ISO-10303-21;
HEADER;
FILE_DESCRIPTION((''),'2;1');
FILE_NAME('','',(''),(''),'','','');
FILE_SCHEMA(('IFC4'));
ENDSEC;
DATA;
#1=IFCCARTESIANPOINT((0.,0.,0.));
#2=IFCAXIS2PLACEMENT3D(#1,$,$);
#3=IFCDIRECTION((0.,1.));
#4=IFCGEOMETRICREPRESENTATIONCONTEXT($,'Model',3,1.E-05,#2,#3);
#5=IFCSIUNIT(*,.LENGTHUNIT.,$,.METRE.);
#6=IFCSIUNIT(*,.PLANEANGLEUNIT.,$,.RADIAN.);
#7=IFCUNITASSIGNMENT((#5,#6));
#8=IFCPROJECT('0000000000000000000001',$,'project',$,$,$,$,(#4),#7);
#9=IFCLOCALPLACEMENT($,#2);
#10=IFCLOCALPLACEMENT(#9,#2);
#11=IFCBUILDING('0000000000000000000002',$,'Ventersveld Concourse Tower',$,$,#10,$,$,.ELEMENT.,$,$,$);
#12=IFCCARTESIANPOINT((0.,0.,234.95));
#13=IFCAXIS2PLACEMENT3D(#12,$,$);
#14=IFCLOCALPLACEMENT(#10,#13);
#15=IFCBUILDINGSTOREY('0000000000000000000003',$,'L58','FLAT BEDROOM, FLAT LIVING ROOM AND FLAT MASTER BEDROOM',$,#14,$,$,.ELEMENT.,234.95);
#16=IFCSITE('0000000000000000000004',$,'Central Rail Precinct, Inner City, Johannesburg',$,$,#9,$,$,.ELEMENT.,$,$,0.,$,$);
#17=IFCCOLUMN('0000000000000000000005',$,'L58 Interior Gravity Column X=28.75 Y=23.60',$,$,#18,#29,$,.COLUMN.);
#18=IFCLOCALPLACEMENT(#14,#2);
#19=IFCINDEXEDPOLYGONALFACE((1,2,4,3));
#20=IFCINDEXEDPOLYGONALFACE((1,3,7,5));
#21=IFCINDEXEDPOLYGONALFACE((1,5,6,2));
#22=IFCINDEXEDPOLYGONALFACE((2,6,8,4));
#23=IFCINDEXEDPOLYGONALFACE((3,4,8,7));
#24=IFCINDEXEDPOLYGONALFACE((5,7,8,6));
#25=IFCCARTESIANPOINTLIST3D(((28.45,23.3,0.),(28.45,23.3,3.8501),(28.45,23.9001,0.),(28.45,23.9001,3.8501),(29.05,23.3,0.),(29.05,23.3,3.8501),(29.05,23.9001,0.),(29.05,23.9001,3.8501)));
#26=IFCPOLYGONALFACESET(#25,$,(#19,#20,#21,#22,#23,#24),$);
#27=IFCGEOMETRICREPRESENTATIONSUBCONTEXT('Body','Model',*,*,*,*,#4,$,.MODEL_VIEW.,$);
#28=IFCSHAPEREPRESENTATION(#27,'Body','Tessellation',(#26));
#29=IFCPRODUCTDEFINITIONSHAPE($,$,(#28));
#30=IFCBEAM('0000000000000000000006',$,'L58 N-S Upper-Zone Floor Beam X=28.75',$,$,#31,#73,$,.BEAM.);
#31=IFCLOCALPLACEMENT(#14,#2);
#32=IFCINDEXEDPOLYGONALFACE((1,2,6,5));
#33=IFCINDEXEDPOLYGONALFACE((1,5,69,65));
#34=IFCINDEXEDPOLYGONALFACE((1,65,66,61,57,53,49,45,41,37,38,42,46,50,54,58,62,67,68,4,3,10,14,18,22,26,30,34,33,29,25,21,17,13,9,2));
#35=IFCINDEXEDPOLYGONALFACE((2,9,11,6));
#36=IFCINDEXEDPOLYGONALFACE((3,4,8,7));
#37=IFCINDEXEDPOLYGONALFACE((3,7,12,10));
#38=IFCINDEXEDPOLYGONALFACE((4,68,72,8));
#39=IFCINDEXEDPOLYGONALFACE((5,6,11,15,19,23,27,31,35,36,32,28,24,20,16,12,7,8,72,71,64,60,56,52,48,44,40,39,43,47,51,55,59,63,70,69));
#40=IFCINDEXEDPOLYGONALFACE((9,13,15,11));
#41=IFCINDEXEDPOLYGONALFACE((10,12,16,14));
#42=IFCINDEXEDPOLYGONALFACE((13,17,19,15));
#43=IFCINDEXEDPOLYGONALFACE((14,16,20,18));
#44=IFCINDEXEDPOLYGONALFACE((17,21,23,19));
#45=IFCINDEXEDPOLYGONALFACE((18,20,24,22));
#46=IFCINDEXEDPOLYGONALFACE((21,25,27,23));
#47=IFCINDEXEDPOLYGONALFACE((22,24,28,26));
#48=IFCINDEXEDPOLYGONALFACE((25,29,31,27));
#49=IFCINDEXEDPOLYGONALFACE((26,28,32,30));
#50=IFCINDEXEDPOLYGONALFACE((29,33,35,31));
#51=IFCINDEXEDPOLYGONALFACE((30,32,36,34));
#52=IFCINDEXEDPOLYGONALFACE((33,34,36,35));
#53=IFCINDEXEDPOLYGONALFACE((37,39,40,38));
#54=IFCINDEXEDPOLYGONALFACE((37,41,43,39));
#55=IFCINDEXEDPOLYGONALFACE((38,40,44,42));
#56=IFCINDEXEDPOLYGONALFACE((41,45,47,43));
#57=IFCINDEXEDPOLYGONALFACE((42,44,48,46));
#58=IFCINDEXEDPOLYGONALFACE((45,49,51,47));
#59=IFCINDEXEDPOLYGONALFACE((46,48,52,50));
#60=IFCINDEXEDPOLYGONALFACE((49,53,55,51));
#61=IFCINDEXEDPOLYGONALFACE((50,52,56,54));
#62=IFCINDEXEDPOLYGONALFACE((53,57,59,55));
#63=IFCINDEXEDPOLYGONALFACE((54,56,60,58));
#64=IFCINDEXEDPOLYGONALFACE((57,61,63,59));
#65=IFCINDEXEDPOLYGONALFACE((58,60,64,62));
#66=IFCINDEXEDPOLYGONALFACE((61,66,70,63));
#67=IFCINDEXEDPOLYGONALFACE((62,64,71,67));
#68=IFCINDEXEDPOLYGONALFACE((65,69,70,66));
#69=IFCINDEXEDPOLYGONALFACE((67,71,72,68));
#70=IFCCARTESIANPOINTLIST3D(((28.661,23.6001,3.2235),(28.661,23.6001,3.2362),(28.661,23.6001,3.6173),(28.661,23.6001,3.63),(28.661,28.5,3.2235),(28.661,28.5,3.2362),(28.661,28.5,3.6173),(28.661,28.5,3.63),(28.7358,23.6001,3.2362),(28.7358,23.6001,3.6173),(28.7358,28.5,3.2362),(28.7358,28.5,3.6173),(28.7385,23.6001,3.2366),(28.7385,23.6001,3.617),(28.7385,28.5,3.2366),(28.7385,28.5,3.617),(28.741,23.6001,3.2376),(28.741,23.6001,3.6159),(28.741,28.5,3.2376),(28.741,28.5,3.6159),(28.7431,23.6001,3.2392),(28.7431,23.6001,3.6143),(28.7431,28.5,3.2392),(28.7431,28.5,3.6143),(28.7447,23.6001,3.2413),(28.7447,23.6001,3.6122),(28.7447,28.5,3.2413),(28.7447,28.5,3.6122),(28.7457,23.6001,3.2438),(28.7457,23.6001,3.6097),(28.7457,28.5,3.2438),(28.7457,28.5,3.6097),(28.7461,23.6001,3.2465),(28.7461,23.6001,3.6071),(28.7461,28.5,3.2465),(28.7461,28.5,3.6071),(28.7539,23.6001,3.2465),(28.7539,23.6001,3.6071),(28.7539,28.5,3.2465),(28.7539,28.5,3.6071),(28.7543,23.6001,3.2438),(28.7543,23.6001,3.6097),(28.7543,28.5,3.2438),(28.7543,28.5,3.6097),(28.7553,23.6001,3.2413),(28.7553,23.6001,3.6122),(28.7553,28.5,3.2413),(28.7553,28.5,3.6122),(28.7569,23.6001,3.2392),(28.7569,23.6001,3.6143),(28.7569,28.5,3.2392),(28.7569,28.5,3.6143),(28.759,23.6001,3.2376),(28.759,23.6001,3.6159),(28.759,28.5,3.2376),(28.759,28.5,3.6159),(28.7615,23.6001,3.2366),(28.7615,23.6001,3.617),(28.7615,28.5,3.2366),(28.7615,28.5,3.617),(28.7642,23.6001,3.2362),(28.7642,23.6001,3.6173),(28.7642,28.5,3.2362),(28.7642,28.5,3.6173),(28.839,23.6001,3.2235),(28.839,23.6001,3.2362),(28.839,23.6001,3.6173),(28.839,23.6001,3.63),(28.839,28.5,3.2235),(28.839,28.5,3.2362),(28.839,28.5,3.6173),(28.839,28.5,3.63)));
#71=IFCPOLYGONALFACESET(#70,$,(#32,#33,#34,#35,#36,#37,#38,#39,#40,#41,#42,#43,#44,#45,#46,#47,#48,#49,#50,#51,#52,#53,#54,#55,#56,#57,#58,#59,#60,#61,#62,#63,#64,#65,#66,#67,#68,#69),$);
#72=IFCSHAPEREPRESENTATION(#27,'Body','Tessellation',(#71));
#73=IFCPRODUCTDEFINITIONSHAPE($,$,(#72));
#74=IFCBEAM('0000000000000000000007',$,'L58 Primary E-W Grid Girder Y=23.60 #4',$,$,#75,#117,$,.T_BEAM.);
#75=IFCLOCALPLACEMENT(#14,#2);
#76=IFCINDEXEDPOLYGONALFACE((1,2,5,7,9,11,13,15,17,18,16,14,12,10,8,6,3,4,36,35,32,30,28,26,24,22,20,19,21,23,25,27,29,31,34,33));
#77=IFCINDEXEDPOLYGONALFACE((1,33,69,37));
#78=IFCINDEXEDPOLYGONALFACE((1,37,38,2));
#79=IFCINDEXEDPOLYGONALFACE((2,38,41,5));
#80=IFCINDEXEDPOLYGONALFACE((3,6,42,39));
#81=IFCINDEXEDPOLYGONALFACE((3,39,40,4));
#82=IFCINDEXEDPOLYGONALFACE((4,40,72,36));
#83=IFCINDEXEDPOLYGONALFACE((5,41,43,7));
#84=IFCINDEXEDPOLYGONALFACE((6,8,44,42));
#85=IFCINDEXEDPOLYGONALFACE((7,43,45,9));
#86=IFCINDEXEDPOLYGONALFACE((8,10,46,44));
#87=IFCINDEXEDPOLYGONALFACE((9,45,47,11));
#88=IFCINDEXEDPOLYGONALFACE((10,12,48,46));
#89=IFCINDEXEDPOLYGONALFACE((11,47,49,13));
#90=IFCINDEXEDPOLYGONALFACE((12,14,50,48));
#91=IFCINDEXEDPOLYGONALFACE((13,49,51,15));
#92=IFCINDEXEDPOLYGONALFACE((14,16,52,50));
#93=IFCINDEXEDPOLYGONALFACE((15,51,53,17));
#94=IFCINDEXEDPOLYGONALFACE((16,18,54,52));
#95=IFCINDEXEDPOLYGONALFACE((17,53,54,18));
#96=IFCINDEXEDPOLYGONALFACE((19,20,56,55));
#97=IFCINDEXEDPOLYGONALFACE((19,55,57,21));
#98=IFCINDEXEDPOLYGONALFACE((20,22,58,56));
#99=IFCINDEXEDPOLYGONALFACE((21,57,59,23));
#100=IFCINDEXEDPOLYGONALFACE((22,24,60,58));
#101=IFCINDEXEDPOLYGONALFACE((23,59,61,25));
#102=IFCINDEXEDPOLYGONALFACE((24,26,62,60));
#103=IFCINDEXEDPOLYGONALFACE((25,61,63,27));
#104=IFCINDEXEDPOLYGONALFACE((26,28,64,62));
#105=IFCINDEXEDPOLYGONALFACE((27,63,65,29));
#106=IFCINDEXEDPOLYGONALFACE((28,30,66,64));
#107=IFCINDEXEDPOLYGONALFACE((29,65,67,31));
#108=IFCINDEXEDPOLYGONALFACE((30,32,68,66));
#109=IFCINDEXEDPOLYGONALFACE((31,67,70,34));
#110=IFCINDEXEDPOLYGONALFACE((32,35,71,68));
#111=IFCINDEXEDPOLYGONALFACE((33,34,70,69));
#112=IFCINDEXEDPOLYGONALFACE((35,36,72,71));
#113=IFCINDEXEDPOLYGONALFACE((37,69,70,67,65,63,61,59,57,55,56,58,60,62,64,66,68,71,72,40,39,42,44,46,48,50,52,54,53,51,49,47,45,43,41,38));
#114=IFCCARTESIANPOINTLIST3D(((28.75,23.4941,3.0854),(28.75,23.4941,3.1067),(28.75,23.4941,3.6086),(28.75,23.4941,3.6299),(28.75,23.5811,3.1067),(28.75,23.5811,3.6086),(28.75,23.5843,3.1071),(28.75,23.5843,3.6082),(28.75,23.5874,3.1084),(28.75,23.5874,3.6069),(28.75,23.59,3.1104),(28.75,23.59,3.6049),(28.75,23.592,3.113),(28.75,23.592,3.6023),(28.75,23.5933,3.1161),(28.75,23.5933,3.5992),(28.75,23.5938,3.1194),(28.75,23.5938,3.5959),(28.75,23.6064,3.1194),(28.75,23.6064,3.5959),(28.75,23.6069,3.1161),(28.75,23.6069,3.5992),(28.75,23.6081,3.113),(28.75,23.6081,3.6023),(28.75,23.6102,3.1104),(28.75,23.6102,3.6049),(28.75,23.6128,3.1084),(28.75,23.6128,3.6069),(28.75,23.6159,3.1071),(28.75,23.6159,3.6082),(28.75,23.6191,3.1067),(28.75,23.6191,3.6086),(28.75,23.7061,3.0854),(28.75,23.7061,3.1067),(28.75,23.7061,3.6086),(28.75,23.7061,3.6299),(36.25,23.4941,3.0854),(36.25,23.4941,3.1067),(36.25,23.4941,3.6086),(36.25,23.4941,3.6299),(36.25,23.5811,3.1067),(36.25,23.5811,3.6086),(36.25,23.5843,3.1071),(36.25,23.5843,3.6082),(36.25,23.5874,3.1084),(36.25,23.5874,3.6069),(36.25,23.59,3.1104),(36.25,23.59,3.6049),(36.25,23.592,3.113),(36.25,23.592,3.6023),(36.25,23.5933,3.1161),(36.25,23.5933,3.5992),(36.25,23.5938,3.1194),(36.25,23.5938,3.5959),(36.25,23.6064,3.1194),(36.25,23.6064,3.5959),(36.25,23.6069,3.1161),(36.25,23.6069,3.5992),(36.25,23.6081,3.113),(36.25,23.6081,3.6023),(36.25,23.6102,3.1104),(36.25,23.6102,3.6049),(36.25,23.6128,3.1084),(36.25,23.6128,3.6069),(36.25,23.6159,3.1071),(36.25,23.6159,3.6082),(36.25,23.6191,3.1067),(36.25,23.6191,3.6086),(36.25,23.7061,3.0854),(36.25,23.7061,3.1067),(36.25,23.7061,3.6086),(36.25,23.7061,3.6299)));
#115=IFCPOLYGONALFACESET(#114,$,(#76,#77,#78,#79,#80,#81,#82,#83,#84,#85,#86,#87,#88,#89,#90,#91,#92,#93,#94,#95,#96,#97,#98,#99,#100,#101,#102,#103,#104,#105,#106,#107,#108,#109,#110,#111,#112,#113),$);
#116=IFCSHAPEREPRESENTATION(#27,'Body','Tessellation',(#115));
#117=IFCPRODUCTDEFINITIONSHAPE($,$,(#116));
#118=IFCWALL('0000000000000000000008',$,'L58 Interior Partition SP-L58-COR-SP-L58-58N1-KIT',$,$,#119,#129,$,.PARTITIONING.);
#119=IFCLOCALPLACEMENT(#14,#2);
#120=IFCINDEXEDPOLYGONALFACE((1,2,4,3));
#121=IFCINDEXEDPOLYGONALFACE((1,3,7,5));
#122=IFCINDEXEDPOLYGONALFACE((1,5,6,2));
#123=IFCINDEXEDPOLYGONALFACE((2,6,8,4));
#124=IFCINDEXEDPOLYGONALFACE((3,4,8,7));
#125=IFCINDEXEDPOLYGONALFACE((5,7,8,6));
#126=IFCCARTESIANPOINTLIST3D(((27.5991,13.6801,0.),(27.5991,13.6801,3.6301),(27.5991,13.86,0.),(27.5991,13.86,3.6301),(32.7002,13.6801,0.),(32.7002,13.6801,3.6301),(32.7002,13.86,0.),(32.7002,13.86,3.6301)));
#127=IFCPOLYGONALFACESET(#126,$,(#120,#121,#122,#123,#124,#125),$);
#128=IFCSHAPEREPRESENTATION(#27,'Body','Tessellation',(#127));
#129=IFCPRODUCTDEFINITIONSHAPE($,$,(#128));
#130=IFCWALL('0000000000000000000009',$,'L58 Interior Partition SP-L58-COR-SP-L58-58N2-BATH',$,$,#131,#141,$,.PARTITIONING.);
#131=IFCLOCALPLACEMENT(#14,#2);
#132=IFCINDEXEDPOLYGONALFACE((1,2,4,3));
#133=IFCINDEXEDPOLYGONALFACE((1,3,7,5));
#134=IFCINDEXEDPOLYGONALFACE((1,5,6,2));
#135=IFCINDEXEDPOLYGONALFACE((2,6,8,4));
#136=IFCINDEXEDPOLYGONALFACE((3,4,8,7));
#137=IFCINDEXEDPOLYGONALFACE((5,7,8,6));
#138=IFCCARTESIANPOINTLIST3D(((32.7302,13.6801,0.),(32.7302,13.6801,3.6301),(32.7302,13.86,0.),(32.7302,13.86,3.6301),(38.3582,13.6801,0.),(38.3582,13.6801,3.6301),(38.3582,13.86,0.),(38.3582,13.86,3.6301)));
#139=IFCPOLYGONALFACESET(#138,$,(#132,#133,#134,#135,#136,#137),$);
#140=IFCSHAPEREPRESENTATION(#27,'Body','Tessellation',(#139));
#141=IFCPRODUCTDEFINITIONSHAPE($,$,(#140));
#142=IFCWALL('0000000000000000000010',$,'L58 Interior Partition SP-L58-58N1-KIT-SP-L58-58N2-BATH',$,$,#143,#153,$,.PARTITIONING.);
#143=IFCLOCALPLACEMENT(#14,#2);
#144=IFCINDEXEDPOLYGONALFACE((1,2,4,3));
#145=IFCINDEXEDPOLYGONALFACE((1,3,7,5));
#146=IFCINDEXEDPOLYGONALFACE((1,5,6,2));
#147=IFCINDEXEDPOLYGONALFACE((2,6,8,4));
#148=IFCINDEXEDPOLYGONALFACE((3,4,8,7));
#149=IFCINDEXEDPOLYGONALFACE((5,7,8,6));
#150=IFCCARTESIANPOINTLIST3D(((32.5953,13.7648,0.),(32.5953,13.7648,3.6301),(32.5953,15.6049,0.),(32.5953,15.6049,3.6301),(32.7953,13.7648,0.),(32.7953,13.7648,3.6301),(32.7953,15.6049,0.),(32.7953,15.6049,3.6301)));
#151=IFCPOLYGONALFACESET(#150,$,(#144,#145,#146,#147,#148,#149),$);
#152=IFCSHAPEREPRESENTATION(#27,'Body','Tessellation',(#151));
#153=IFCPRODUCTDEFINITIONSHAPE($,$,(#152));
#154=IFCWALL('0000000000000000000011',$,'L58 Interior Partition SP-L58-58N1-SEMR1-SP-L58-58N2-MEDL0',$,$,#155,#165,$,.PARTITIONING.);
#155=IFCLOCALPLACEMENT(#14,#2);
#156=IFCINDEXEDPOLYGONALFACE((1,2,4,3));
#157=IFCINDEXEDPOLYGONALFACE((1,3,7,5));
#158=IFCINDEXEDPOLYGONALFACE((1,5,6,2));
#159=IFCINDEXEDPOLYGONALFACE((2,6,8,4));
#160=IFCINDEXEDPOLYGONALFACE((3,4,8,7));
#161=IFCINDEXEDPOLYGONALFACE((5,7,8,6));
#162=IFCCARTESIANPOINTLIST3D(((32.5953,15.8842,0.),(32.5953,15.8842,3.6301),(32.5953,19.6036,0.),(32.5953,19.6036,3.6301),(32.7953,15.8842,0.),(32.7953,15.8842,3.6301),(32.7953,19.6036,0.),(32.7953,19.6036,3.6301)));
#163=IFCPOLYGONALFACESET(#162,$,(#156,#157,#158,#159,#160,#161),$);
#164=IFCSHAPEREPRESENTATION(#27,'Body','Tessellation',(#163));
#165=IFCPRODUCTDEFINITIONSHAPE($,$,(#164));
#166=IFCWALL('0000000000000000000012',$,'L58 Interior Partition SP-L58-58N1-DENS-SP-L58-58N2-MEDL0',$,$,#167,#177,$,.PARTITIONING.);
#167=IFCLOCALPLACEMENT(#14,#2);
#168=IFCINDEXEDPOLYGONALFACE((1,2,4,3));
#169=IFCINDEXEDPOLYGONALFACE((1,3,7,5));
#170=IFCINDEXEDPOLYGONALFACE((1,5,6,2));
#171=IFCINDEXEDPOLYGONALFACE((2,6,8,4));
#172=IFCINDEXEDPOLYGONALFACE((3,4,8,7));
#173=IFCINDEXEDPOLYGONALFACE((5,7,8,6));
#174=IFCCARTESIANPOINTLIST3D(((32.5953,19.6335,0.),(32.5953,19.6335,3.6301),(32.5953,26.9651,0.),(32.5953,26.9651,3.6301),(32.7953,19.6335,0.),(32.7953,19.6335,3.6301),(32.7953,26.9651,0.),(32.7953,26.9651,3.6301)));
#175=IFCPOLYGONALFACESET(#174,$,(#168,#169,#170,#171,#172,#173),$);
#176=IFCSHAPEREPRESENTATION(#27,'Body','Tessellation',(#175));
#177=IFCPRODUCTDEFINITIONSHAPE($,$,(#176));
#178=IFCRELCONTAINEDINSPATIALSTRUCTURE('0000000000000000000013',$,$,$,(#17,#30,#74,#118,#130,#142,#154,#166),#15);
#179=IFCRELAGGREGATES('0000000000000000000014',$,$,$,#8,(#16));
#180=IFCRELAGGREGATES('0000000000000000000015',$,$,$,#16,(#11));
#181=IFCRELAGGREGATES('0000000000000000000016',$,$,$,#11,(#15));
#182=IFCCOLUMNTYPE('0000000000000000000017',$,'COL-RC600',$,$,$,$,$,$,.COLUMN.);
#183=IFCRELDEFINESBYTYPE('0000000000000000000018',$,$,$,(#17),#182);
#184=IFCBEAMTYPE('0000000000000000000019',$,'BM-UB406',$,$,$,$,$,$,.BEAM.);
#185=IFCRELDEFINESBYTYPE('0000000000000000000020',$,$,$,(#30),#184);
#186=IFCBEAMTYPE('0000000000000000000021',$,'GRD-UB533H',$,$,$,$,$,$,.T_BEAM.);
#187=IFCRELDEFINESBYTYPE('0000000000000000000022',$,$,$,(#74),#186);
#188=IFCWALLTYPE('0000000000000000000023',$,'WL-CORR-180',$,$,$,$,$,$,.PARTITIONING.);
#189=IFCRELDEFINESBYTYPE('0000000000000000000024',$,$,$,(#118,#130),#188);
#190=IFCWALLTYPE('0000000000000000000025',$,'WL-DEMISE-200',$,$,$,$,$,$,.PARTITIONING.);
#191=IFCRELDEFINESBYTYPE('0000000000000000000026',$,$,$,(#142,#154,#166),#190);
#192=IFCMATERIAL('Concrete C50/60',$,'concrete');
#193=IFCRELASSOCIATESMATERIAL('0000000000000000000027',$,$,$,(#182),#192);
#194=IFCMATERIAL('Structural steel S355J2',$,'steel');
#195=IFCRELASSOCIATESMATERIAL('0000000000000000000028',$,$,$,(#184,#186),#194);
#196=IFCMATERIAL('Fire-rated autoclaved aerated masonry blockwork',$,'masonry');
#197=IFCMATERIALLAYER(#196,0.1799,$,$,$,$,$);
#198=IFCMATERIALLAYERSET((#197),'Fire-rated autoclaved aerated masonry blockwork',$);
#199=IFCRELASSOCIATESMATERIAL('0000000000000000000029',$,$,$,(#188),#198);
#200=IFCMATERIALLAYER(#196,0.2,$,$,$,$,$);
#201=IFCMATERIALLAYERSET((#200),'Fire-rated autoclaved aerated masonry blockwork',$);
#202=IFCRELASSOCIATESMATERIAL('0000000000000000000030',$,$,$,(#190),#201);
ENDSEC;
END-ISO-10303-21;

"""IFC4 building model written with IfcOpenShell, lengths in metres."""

from ifc_helpers import new_model, si_unit, direction, frame, frame_2d, origin, origin_2d, place, context, subcontext, project, spatial, rectangle, i_section, extrude, material, layer, layer_set, material_profile, profile_set, type_object, element, save


model = new_model("IFC4")

# Units and contexts
model_context = context("Model", 3, precision=1e-05, world=origin(), true_north=direction((0.0, 1.0)))
body_context = subcontext(model_context, "Body", "Model", "MODEL_VIEW")
ifc_project = project(units=[si_unit("LENGTHUNIT", "METRE"), si_unit("PLANEANGLEUNIT", "RADIAN")], contexts=[model_context])

# Site, building, storey
site_placement = place(None, origin())
site = spatial("IfcSite", under=ifc_project, at=site_placement, Name="Central Rail Precinct, Inner City, Johannesburg", CompositionType="ELEMENT", RefElevation=0.0)
building_placement = place(site_placement, origin())
building = spatial("IfcBuilding", under=site, at=building_placement, Name="Ventersveld Concourse Tower", CompositionType="ELEMENT")
storey_placement = place(building_placement, frame((0.0, 0.0, 234.95)))
storey = spatial("IfcBuildingStorey", under=building, at=storey_placement, Name="L58", Description="FLAT BEDROOM, FLAT LIVING ROOM AND FLAT MASTER BEDROOM", CompositionType="ELEMENT", Elevation=234.95)

# Column
ifc_material_1 = material(Name="Concrete C50/60", Category="concrete")
ifc_material_profile_1 = material_profile(ifc_material_1, rectangle(XDim=0.6001, YDim=0.6001, at=origin_2d()), Name="RC 600x600")
ifc_profile_set_1 = profile_set([ifc_material_profile_1], Name="Concrete C50/60")
column_type = type_object("IfcColumnType", Name="COL-RC600", PredefinedType="COLUMN", material=ifc_profile_set_1)
column_placement = place(storey_placement, frame((28.75, 23.6001, 0.0), z_axis=(0.0, 0.0, 1.0), x_axis=(1.0, 0.0, 0.0)))
element("IfcColumn", 1, at=column_placement, inside=storey, type_object=column_type, Name="L58 Interior Gravity Column X=28.75 Y=23.60", PredefinedType="COLUMN", context=body_context, shape_type="SweptSolid", body=[
    extrude(rectangle(XDim=0.6001, YDim=0.6001, at=origin_2d()), origin(), (0.0, 0.0, 1.0), 3.8501),
])

# Beams
ifc_material_2 = material(Name="Structural steel S355J2", Category="steel")
ifc_material_profile_2 = material_profile(ifc_material_2, i_section(OverallWidth=0.178, OverallDepth=0.4065, WebThickness=0.0078, FlangeThickness=0.0127, FilletRadius=0.0103, at=origin_2d()), Name="UB 406x178x60")
ifc_profile_set_2 = profile_set([ifc_material_profile_2], Name="Structural steel S355J2")
beam_type_1 = type_object("IfcBeamType", Name="BM-UB406", PredefinedType="BEAM", material=ifc_profile_set_2)
beam_1_placement = place(storey_placement, frame((28.75, 23.6001, 3.4268), z_axis=(0.0, 1.0, 0.0), x_axis=(-1.0, 0.0, 0.0)))
element("IfcBeam", 2, at=beam_1_placement, inside=storey, type_object=beam_type_1, Name="L58 N-S Upper-Zone Floor Beam X=28.75", PredefinedType="BEAM", context=body_context, shape_type="SweptSolid", body=[
    extrude(i_section(OverallWidth=0.178, OverallDepth=0.4065, WebThickness=0.0078, FlangeThickness=0.0127, FilletRadius=0.0103, at=origin_2d()), origin(), (0.0, 0.0, 1.0), 4.8999),
])
ifc_material_profile_3 = material_profile(ifc_material_2, i_section(OverallWidth=0.2119, OverallDepth=0.5444, WebThickness=0.0127, FlangeThickness=0.0212, FilletRadius=0.0127, at=origin_2d()), Name="UB 533x210x122")
ifc_profile_set_3 = profile_set([ifc_material_profile_3], Name="Structural steel S355J2")
beam_type_2 = type_object("IfcBeamType", Name="GRD-UB533H", PredefinedType="T_BEAM", material=ifc_profile_set_3)
beam_2_placement = place(storey_placement, frame((28.75, 23.6001, 3.3577), z_axis=(1.0, 0.0, 0.0), x_axis=(0.0, 1.0, 0.0)))
element("IfcBeam", 3, at=beam_2_placement, inside=storey, type_object=beam_type_2, Name="L58 Primary E-W Grid Girder Y=23.60 #4", PredefinedType="T_BEAM", context=body_context, shape_type="SweptSolid", body=[
    extrude(i_section(OverallWidth=0.2119, OverallDepth=0.5444, WebThickness=0.0127, FlangeThickness=0.0212, FilletRadius=0.0127, at=origin_2d()), origin(), (0.0, 0.0, 1.0), 7.5),
])

# Walls
ifc_material_3 = material(Name="Fire-rated autoclaved aerated masonry blockwork", Category="masonry")
ifc_layer_1 = layer(ifc_material_3, 0.1799)
ifc_layer_set_1 = layer_set([ifc_layer_1], Name="Fire-rated autoclaved aerated masonry blockwork")
wall_type_1 = type_object("IfcWallType", Name="WL-CORR-180", PredefinedType="PARTITIONING", material=ifc_layer_set_1)
wall_1_placement = place(storey_placement, frame((27.5991, 13.77, 0.0), z_axis=(0.0, 0.0, 1.0), x_axis=(1.0, 0.0, 0.0)))
element("IfcWall", 4, at=wall_1_placement, inside=storey, type_object=wall_type_1, Name="L58 Interior Partition SP-L58-COR-SP-L58-58N1-KIT", PredefinedType="PARTITIONING", context=body_context, shape_type="SweptSolid", body=[
    extrude(rectangle(XDim=5.1011, YDim=0.1799, at=frame_2d((2.5505, 0.0))), origin(), (0.0, 0.0, 1.0), 3.6301),
])
wall_2_placement = place(storey_placement, frame((32.7302, 13.77, 0.0), z_axis=(0.0, 0.0, 1.0), x_axis=(1.0, 0.0, 0.0)))
element("IfcWall", 5, at=wall_2_placement, inside=storey, type_object=wall_type_1, Name="L58 Interior Partition SP-L58-COR-SP-L58-58N2-BATH", PredefinedType="PARTITIONING", context=body_context, shape_type="SweptSolid", body=[
    extrude(rectangle(XDim=5.6279, YDim=0.1799, at=frame_2d((2.814, 0.0))), origin(), (0.0, 0.0, 1.0), 3.6301),
])
ifc_layer_2 = layer(ifc_material_3, 0.2)
ifc_layer_set_2 = layer_set([ifc_layer_2], Name="Fire-rated autoclaved aerated masonry blockwork")
wall_type_2 = type_object("IfcWallType", Name="WL-DEMISE-200", PredefinedType="PARTITIONING", material=ifc_layer_set_2)
wall_3_placement = place(storey_placement, frame((32.6953, 13.7649, 0.0), z_axis=(0.0, 0.0, 1.0), x_axis=(0.0, 1.0, 0.0)))
element("IfcWall", 6, at=wall_3_placement, inside=storey, type_object=wall_type_2, Name="L58 Interior Partition SP-L58-58N1-KIT-SP-L58-58N2-BATH", PredefinedType="PARTITIONING", context=body_context, shape_type="SweptSolid", body=[
    extrude(rectangle(XDim=1.8401, YDim=0.2, at=frame_2d((0.9199, 0.0))), origin(), (0.0, 0.0, 1.0), 3.6301),
])
wall_4_placement = place(storey_placement, frame((32.6953, 15.884, 0.0), z_axis=(0.0, 0.0, 1.0), x_axis=(0.0, 1.0, 0.0)))
element("IfcWall", 7, at=wall_4_placement, inside=storey, type_object=wall_type_2, Name="L58 Interior Partition SP-L58-58N1-SEMR1-SP-L58-58N2-MEDL0", PredefinedType="PARTITIONING", context=body_context, shape_type="SweptSolid", body=[
    extrude(rectangle(XDim=3.7195, YDim=0.2, at=frame_2d((1.8599, 0.0))), origin(), (0.0, 0.0, 1.0), 3.6301),
])
wall_5_placement = place(storey_placement, frame((32.6953, 19.6335, 0.0), z_axis=(0.0, 0.0, 1.0), x_axis=(0.0, 1.0, 0.0)))
element("IfcWall", 8, at=wall_5_placement, inside=storey, type_object=wall_type_2, Name="L58 Interior Partition SP-L58-58N1-DENS-SP-L58-58N2-MEDL0", PredefinedType="PARTITIONING", context=body_context, shape_type="SweptSolid", body=[
    extrude(rectangle(XDim=7.3315, YDim=0.2, at=frame_2d((3.6658, 0.0))), origin(), (0.0, 0.0, 1.0), 3.6301),
])

save(model, "model.ifc")
